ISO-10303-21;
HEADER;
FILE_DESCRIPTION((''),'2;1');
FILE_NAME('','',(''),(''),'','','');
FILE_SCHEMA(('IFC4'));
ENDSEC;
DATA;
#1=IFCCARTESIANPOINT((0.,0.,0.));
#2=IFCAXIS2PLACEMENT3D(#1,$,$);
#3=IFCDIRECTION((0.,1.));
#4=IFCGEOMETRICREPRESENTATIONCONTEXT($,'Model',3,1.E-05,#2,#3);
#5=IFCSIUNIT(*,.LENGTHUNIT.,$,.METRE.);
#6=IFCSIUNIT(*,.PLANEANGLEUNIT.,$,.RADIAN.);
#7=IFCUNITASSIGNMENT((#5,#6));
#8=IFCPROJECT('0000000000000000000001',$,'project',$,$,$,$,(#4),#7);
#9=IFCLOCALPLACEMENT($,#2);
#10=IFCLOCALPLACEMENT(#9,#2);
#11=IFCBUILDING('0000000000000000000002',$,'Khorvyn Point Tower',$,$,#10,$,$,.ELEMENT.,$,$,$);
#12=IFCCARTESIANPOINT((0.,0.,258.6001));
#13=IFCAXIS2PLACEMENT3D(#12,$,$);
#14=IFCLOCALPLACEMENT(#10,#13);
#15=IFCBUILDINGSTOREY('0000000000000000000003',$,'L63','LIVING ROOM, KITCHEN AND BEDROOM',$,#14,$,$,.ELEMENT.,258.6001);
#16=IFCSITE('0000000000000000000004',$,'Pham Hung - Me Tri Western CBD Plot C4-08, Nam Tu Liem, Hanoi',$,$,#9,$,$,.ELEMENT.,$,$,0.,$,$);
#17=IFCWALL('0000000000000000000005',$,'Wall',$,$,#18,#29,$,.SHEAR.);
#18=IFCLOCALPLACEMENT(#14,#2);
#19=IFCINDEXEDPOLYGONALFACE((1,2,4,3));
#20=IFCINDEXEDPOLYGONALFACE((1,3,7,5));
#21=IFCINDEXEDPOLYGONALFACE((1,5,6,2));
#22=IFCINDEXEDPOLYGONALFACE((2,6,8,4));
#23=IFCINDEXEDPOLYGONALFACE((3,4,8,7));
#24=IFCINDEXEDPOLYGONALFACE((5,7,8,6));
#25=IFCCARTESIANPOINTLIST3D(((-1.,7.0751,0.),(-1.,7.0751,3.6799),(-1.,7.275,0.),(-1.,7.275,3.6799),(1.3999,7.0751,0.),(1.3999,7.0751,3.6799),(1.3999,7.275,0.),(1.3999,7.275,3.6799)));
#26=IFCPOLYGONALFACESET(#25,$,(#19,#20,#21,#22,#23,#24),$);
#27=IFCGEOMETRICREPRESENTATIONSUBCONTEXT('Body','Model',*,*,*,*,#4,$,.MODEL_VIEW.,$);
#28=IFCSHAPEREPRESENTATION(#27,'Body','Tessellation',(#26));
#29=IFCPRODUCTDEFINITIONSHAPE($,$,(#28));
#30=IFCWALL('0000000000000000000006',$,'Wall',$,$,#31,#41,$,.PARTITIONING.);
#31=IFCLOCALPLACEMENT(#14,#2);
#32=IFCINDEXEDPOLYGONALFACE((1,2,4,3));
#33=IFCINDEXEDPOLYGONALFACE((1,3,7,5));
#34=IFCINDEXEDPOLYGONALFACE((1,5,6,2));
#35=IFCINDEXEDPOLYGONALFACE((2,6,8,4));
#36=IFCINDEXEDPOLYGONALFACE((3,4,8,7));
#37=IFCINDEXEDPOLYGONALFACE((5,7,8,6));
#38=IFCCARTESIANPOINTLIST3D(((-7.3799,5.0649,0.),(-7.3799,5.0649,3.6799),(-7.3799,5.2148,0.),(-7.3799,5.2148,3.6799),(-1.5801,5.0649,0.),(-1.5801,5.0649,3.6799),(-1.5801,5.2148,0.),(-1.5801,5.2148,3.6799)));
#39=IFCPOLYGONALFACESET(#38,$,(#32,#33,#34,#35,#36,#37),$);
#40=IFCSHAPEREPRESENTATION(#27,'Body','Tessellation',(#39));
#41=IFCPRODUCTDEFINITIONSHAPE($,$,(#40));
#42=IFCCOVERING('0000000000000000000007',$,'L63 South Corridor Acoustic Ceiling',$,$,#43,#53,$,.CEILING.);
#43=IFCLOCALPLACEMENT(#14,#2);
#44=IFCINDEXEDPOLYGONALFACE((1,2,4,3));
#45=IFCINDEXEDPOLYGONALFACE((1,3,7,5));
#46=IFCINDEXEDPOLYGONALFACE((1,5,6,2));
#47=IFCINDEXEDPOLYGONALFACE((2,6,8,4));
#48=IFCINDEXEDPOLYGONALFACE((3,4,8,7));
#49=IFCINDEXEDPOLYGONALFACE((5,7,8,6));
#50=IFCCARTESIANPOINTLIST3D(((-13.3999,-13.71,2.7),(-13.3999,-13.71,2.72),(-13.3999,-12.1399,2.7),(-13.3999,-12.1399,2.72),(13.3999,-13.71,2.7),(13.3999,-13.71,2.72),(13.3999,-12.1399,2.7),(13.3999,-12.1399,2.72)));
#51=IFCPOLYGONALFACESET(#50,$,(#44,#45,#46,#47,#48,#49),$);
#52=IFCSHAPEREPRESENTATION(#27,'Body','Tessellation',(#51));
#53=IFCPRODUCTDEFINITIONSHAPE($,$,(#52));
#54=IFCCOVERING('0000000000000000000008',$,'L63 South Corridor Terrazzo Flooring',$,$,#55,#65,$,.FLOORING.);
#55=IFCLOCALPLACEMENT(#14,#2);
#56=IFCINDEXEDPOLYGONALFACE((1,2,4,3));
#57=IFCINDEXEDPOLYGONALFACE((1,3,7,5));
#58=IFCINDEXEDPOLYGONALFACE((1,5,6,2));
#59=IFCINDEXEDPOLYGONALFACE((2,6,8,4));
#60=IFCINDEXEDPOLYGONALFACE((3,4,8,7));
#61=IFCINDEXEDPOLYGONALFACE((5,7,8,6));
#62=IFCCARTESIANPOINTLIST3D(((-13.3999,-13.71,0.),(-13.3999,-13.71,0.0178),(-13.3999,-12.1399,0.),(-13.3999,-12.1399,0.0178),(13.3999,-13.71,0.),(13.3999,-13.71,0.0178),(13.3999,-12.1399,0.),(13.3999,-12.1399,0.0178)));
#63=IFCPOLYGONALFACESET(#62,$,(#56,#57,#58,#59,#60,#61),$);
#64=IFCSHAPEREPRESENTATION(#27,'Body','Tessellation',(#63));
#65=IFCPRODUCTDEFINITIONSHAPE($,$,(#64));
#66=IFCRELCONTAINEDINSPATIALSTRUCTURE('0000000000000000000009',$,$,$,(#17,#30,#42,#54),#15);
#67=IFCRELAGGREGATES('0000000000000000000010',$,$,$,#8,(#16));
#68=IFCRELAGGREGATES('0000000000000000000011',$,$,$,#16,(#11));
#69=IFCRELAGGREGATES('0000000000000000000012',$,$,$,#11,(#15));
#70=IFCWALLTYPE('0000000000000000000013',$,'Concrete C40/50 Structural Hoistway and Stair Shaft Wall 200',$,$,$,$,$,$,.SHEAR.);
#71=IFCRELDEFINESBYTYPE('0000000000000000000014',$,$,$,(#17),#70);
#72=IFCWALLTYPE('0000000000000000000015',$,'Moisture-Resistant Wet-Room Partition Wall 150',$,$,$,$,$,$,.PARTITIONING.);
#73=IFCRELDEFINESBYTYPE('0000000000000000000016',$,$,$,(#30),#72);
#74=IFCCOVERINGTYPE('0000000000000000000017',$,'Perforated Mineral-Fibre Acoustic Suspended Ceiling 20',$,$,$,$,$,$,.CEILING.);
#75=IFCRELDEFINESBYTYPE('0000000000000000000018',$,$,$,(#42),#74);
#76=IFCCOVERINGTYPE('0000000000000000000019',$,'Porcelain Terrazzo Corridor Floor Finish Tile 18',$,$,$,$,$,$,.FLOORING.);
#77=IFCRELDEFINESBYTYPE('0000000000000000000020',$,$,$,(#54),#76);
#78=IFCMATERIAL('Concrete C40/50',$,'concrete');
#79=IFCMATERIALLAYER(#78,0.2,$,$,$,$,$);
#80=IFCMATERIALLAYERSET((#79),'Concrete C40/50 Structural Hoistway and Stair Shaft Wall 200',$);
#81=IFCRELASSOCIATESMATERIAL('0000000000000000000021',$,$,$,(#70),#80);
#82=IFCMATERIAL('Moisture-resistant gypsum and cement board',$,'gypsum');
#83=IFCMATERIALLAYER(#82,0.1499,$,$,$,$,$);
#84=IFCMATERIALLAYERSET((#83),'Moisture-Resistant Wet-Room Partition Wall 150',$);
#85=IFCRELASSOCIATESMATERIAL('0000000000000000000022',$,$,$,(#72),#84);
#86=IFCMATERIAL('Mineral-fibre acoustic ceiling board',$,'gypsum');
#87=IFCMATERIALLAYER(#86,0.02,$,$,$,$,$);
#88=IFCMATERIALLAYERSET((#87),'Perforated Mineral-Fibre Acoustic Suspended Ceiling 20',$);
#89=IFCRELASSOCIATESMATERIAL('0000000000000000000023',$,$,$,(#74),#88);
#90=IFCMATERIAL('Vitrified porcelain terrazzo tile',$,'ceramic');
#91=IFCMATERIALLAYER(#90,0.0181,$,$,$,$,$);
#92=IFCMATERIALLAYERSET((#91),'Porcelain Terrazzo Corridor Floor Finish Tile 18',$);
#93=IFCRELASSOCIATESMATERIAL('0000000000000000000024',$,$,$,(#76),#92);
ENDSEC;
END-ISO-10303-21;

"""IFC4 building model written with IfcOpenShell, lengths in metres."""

from ifc_helpers import new_model, si_unit, direction, frame, frame_2d, origin, place, context, subcontext, project, spatial, polyline, rectangle, outline, extrude, material, layer, layer_set, type_object, element, save


model = new_model("IFC4")

# Units and contexts
model_context = context("Model", 3, precision=1e-05, world=origin(), true_north=direction((0.0, 1.0)))
body_context = subcontext(model_context, "Body", "Model", "MODEL_VIEW")
ifc_project = project(units=[si_unit("LENGTHUNIT", "METRE"), si_unit("PLANEANGLEUNIT", "RADIAN")], contexts=[model_context])

# Site, building, storey
site_placement = place(None, origin())
site = spatial("IfcSite", under=ifc_project, at=site_placement, Name="Pham Hung - Me Tri Western CBD Plot C4-08, Nam Tu Liem, Hanoi", CompositionType="ELEMENT", RefElevation=0.0)
building_placement = place(site_placement, origin())
building = spatial("IfcBuilding", under=site, at=building_placement, Name="Khorvyn Point Tower", CompositionType="ELEMENT")
storey_placement = place(building_placement, frame((0.0, 0.0, 258.6001)))
storey = spatial("IfcBuildingStorey", under=building, at=storey_placement, Name="L63", Description="LIVING ROOM, KITCHEN AND BEDROOM", CompositionType="ELEMENT", Elevation=258.6001)

# Shared definitions
ifc_material_1 = material(Name="Concrete C40/50", Category="concrete")

# Shared definitions
ifc_layer_1 = layer(ifc_material_1, 0.2)
ifc_layer_set_1 = layer_set([ifc_layer_1], Name="Concrete C40/50 Structural Hoistway and Stair Shaft Wall 200")
wall_type_1 = type_object("IfcWallType", Name="Concrete C40/50 Structural Hoistway and Stair Shaft Wall 200", PredefinedType="SHEAR", material=ifc_layer_set_1)

# Walls
wall_1_placement = place(storey_placement, frame((-1.0, 7.175, 0.0), z_axis=(0.0, 0.0, 1.0), x_axis=(1.0, 0.0, 0.0)))
element("IfcWall", 1, at=wall_1_placement, inside=storey, type_object=wall_type_1, Name="Wall", PredefinedType="SHEAR", context=body_context, shape_type="SweptSolid", body=[
    extrude(rectangle(XDim=2.3999, YDim=0.2, at=frame_2d((1.2, 0.0))), origin(), (0.0, 0.0, 1.0), 3.6799),
])
ifc_material_2 = material(Name="Moisture-resistant gypsum and cement board", Category="gypsum")
ifc_layer_2 = layer(ifc_material_2, 0.1499)
ifc_layer_set_2 = layer_set([ifc_layer_2], Name="Moisture-Resistant Wet-Room Partition Wall 150")
wall_type_2 = type_object("IfcWallType", Name="Moisture-Resistant Wet-Room Partition Wall 150", PredefinedType="PARTITIONING", material=ifc_layer_set_2)
wall_2_placement = place(storey_placement, frame((-7.3799, 5.1399, 0.0), z_axis=(0.0, 0.0, 1.0), x_axis=(1.0, 0.0, 0.0)))
element("IfcWall", 2, at=wall_2_placement, inside=storey, type_object=wall_type_2, Name="Wall", PredefinedType="PARTITIONING", context=body_context, shape_type="SweptSolid", body=[
    extrude(rectangle(XDim=5.7998, YDim=0.1499, at=frame_2d((2.8999, 0.0))), origin(), (0.0, 0.0, 1.0), 3.6799),
])

# Coverings
ifc_material_3 = material(Name="Mineral-fibre acoustic ceiling board", Category="gypsum")
ifc_layer_3 = layer(ifc_material_3, 0.02)
ifc_layer_set_3 = layer_set([ifc_layer_3], Name="Perforated Mineral-Fibre Acoustic Suspended Ceiling 20")
covering_type_1 = type_object("IfcCoveringType", Name="Perforated Mineral-Fibre Acoustic Suspended Ceiling 20", PredefinedType="CEILING", material=ifc_layer_set_3)
covering_1_placement = place(storey_placement, frame((0.0, 0.0, 2.7)))
element("IfcCovering", 3, at=covering_1_placement, inside=storey, type_object=covering_type_1, Name="L63 South Corridor Acoustic Ceiling", PredefinedType="CEILING", context=body_context, shape_type="SweptSolid", body=[
    extrude(outline(polyline([(-13.3999, -13.71), (13.3999, -13.71), (13.3999, -12.1399), (-13.3999, -12.1399), (-13.3999, -13.71)])), origin(), (0.0, 0.0, 1.0), 0.02),
])
ifc_material_4 = material(Name="Vitrified porcelain terrazzo tile", Category="ceramic")
ifc_layer_4 = layer(ifc_material_4, 0.0181)
ifc_layer_set_4 = layer_set([ifc_layer_4], Name="Porcelain Terrazzo Corridor Floor Finish Tile 18")
covering_type_2 = type_object("IfcCoveringType", Name="Porcelain Terrazzo Corridor Floor Finish Tile 18", PredefinedType="FLOORING", material=ifc_layer_set_4)
covering_2_placement = place(storey_placement, origin())
element("IfcCovering", 4, at=covering_2_placement, inside=storey, type_object=covering_type_2, Name="L63 South Corridor Terrazzo Flooring", PredefinedType="FLOORING", context=body_context, shape_type="SweptSolid", body=[
    extrude(outline(polyline([(-13.3999, -13.71), (13.3999, -13.71), (13.3999, -12.1399), (-13.3999, -12.1399), (-13.3999, -13.71)])), origin(), (0.0, 0.0, 1.0), 0.0178),
])

save(model, "model.ifc")
